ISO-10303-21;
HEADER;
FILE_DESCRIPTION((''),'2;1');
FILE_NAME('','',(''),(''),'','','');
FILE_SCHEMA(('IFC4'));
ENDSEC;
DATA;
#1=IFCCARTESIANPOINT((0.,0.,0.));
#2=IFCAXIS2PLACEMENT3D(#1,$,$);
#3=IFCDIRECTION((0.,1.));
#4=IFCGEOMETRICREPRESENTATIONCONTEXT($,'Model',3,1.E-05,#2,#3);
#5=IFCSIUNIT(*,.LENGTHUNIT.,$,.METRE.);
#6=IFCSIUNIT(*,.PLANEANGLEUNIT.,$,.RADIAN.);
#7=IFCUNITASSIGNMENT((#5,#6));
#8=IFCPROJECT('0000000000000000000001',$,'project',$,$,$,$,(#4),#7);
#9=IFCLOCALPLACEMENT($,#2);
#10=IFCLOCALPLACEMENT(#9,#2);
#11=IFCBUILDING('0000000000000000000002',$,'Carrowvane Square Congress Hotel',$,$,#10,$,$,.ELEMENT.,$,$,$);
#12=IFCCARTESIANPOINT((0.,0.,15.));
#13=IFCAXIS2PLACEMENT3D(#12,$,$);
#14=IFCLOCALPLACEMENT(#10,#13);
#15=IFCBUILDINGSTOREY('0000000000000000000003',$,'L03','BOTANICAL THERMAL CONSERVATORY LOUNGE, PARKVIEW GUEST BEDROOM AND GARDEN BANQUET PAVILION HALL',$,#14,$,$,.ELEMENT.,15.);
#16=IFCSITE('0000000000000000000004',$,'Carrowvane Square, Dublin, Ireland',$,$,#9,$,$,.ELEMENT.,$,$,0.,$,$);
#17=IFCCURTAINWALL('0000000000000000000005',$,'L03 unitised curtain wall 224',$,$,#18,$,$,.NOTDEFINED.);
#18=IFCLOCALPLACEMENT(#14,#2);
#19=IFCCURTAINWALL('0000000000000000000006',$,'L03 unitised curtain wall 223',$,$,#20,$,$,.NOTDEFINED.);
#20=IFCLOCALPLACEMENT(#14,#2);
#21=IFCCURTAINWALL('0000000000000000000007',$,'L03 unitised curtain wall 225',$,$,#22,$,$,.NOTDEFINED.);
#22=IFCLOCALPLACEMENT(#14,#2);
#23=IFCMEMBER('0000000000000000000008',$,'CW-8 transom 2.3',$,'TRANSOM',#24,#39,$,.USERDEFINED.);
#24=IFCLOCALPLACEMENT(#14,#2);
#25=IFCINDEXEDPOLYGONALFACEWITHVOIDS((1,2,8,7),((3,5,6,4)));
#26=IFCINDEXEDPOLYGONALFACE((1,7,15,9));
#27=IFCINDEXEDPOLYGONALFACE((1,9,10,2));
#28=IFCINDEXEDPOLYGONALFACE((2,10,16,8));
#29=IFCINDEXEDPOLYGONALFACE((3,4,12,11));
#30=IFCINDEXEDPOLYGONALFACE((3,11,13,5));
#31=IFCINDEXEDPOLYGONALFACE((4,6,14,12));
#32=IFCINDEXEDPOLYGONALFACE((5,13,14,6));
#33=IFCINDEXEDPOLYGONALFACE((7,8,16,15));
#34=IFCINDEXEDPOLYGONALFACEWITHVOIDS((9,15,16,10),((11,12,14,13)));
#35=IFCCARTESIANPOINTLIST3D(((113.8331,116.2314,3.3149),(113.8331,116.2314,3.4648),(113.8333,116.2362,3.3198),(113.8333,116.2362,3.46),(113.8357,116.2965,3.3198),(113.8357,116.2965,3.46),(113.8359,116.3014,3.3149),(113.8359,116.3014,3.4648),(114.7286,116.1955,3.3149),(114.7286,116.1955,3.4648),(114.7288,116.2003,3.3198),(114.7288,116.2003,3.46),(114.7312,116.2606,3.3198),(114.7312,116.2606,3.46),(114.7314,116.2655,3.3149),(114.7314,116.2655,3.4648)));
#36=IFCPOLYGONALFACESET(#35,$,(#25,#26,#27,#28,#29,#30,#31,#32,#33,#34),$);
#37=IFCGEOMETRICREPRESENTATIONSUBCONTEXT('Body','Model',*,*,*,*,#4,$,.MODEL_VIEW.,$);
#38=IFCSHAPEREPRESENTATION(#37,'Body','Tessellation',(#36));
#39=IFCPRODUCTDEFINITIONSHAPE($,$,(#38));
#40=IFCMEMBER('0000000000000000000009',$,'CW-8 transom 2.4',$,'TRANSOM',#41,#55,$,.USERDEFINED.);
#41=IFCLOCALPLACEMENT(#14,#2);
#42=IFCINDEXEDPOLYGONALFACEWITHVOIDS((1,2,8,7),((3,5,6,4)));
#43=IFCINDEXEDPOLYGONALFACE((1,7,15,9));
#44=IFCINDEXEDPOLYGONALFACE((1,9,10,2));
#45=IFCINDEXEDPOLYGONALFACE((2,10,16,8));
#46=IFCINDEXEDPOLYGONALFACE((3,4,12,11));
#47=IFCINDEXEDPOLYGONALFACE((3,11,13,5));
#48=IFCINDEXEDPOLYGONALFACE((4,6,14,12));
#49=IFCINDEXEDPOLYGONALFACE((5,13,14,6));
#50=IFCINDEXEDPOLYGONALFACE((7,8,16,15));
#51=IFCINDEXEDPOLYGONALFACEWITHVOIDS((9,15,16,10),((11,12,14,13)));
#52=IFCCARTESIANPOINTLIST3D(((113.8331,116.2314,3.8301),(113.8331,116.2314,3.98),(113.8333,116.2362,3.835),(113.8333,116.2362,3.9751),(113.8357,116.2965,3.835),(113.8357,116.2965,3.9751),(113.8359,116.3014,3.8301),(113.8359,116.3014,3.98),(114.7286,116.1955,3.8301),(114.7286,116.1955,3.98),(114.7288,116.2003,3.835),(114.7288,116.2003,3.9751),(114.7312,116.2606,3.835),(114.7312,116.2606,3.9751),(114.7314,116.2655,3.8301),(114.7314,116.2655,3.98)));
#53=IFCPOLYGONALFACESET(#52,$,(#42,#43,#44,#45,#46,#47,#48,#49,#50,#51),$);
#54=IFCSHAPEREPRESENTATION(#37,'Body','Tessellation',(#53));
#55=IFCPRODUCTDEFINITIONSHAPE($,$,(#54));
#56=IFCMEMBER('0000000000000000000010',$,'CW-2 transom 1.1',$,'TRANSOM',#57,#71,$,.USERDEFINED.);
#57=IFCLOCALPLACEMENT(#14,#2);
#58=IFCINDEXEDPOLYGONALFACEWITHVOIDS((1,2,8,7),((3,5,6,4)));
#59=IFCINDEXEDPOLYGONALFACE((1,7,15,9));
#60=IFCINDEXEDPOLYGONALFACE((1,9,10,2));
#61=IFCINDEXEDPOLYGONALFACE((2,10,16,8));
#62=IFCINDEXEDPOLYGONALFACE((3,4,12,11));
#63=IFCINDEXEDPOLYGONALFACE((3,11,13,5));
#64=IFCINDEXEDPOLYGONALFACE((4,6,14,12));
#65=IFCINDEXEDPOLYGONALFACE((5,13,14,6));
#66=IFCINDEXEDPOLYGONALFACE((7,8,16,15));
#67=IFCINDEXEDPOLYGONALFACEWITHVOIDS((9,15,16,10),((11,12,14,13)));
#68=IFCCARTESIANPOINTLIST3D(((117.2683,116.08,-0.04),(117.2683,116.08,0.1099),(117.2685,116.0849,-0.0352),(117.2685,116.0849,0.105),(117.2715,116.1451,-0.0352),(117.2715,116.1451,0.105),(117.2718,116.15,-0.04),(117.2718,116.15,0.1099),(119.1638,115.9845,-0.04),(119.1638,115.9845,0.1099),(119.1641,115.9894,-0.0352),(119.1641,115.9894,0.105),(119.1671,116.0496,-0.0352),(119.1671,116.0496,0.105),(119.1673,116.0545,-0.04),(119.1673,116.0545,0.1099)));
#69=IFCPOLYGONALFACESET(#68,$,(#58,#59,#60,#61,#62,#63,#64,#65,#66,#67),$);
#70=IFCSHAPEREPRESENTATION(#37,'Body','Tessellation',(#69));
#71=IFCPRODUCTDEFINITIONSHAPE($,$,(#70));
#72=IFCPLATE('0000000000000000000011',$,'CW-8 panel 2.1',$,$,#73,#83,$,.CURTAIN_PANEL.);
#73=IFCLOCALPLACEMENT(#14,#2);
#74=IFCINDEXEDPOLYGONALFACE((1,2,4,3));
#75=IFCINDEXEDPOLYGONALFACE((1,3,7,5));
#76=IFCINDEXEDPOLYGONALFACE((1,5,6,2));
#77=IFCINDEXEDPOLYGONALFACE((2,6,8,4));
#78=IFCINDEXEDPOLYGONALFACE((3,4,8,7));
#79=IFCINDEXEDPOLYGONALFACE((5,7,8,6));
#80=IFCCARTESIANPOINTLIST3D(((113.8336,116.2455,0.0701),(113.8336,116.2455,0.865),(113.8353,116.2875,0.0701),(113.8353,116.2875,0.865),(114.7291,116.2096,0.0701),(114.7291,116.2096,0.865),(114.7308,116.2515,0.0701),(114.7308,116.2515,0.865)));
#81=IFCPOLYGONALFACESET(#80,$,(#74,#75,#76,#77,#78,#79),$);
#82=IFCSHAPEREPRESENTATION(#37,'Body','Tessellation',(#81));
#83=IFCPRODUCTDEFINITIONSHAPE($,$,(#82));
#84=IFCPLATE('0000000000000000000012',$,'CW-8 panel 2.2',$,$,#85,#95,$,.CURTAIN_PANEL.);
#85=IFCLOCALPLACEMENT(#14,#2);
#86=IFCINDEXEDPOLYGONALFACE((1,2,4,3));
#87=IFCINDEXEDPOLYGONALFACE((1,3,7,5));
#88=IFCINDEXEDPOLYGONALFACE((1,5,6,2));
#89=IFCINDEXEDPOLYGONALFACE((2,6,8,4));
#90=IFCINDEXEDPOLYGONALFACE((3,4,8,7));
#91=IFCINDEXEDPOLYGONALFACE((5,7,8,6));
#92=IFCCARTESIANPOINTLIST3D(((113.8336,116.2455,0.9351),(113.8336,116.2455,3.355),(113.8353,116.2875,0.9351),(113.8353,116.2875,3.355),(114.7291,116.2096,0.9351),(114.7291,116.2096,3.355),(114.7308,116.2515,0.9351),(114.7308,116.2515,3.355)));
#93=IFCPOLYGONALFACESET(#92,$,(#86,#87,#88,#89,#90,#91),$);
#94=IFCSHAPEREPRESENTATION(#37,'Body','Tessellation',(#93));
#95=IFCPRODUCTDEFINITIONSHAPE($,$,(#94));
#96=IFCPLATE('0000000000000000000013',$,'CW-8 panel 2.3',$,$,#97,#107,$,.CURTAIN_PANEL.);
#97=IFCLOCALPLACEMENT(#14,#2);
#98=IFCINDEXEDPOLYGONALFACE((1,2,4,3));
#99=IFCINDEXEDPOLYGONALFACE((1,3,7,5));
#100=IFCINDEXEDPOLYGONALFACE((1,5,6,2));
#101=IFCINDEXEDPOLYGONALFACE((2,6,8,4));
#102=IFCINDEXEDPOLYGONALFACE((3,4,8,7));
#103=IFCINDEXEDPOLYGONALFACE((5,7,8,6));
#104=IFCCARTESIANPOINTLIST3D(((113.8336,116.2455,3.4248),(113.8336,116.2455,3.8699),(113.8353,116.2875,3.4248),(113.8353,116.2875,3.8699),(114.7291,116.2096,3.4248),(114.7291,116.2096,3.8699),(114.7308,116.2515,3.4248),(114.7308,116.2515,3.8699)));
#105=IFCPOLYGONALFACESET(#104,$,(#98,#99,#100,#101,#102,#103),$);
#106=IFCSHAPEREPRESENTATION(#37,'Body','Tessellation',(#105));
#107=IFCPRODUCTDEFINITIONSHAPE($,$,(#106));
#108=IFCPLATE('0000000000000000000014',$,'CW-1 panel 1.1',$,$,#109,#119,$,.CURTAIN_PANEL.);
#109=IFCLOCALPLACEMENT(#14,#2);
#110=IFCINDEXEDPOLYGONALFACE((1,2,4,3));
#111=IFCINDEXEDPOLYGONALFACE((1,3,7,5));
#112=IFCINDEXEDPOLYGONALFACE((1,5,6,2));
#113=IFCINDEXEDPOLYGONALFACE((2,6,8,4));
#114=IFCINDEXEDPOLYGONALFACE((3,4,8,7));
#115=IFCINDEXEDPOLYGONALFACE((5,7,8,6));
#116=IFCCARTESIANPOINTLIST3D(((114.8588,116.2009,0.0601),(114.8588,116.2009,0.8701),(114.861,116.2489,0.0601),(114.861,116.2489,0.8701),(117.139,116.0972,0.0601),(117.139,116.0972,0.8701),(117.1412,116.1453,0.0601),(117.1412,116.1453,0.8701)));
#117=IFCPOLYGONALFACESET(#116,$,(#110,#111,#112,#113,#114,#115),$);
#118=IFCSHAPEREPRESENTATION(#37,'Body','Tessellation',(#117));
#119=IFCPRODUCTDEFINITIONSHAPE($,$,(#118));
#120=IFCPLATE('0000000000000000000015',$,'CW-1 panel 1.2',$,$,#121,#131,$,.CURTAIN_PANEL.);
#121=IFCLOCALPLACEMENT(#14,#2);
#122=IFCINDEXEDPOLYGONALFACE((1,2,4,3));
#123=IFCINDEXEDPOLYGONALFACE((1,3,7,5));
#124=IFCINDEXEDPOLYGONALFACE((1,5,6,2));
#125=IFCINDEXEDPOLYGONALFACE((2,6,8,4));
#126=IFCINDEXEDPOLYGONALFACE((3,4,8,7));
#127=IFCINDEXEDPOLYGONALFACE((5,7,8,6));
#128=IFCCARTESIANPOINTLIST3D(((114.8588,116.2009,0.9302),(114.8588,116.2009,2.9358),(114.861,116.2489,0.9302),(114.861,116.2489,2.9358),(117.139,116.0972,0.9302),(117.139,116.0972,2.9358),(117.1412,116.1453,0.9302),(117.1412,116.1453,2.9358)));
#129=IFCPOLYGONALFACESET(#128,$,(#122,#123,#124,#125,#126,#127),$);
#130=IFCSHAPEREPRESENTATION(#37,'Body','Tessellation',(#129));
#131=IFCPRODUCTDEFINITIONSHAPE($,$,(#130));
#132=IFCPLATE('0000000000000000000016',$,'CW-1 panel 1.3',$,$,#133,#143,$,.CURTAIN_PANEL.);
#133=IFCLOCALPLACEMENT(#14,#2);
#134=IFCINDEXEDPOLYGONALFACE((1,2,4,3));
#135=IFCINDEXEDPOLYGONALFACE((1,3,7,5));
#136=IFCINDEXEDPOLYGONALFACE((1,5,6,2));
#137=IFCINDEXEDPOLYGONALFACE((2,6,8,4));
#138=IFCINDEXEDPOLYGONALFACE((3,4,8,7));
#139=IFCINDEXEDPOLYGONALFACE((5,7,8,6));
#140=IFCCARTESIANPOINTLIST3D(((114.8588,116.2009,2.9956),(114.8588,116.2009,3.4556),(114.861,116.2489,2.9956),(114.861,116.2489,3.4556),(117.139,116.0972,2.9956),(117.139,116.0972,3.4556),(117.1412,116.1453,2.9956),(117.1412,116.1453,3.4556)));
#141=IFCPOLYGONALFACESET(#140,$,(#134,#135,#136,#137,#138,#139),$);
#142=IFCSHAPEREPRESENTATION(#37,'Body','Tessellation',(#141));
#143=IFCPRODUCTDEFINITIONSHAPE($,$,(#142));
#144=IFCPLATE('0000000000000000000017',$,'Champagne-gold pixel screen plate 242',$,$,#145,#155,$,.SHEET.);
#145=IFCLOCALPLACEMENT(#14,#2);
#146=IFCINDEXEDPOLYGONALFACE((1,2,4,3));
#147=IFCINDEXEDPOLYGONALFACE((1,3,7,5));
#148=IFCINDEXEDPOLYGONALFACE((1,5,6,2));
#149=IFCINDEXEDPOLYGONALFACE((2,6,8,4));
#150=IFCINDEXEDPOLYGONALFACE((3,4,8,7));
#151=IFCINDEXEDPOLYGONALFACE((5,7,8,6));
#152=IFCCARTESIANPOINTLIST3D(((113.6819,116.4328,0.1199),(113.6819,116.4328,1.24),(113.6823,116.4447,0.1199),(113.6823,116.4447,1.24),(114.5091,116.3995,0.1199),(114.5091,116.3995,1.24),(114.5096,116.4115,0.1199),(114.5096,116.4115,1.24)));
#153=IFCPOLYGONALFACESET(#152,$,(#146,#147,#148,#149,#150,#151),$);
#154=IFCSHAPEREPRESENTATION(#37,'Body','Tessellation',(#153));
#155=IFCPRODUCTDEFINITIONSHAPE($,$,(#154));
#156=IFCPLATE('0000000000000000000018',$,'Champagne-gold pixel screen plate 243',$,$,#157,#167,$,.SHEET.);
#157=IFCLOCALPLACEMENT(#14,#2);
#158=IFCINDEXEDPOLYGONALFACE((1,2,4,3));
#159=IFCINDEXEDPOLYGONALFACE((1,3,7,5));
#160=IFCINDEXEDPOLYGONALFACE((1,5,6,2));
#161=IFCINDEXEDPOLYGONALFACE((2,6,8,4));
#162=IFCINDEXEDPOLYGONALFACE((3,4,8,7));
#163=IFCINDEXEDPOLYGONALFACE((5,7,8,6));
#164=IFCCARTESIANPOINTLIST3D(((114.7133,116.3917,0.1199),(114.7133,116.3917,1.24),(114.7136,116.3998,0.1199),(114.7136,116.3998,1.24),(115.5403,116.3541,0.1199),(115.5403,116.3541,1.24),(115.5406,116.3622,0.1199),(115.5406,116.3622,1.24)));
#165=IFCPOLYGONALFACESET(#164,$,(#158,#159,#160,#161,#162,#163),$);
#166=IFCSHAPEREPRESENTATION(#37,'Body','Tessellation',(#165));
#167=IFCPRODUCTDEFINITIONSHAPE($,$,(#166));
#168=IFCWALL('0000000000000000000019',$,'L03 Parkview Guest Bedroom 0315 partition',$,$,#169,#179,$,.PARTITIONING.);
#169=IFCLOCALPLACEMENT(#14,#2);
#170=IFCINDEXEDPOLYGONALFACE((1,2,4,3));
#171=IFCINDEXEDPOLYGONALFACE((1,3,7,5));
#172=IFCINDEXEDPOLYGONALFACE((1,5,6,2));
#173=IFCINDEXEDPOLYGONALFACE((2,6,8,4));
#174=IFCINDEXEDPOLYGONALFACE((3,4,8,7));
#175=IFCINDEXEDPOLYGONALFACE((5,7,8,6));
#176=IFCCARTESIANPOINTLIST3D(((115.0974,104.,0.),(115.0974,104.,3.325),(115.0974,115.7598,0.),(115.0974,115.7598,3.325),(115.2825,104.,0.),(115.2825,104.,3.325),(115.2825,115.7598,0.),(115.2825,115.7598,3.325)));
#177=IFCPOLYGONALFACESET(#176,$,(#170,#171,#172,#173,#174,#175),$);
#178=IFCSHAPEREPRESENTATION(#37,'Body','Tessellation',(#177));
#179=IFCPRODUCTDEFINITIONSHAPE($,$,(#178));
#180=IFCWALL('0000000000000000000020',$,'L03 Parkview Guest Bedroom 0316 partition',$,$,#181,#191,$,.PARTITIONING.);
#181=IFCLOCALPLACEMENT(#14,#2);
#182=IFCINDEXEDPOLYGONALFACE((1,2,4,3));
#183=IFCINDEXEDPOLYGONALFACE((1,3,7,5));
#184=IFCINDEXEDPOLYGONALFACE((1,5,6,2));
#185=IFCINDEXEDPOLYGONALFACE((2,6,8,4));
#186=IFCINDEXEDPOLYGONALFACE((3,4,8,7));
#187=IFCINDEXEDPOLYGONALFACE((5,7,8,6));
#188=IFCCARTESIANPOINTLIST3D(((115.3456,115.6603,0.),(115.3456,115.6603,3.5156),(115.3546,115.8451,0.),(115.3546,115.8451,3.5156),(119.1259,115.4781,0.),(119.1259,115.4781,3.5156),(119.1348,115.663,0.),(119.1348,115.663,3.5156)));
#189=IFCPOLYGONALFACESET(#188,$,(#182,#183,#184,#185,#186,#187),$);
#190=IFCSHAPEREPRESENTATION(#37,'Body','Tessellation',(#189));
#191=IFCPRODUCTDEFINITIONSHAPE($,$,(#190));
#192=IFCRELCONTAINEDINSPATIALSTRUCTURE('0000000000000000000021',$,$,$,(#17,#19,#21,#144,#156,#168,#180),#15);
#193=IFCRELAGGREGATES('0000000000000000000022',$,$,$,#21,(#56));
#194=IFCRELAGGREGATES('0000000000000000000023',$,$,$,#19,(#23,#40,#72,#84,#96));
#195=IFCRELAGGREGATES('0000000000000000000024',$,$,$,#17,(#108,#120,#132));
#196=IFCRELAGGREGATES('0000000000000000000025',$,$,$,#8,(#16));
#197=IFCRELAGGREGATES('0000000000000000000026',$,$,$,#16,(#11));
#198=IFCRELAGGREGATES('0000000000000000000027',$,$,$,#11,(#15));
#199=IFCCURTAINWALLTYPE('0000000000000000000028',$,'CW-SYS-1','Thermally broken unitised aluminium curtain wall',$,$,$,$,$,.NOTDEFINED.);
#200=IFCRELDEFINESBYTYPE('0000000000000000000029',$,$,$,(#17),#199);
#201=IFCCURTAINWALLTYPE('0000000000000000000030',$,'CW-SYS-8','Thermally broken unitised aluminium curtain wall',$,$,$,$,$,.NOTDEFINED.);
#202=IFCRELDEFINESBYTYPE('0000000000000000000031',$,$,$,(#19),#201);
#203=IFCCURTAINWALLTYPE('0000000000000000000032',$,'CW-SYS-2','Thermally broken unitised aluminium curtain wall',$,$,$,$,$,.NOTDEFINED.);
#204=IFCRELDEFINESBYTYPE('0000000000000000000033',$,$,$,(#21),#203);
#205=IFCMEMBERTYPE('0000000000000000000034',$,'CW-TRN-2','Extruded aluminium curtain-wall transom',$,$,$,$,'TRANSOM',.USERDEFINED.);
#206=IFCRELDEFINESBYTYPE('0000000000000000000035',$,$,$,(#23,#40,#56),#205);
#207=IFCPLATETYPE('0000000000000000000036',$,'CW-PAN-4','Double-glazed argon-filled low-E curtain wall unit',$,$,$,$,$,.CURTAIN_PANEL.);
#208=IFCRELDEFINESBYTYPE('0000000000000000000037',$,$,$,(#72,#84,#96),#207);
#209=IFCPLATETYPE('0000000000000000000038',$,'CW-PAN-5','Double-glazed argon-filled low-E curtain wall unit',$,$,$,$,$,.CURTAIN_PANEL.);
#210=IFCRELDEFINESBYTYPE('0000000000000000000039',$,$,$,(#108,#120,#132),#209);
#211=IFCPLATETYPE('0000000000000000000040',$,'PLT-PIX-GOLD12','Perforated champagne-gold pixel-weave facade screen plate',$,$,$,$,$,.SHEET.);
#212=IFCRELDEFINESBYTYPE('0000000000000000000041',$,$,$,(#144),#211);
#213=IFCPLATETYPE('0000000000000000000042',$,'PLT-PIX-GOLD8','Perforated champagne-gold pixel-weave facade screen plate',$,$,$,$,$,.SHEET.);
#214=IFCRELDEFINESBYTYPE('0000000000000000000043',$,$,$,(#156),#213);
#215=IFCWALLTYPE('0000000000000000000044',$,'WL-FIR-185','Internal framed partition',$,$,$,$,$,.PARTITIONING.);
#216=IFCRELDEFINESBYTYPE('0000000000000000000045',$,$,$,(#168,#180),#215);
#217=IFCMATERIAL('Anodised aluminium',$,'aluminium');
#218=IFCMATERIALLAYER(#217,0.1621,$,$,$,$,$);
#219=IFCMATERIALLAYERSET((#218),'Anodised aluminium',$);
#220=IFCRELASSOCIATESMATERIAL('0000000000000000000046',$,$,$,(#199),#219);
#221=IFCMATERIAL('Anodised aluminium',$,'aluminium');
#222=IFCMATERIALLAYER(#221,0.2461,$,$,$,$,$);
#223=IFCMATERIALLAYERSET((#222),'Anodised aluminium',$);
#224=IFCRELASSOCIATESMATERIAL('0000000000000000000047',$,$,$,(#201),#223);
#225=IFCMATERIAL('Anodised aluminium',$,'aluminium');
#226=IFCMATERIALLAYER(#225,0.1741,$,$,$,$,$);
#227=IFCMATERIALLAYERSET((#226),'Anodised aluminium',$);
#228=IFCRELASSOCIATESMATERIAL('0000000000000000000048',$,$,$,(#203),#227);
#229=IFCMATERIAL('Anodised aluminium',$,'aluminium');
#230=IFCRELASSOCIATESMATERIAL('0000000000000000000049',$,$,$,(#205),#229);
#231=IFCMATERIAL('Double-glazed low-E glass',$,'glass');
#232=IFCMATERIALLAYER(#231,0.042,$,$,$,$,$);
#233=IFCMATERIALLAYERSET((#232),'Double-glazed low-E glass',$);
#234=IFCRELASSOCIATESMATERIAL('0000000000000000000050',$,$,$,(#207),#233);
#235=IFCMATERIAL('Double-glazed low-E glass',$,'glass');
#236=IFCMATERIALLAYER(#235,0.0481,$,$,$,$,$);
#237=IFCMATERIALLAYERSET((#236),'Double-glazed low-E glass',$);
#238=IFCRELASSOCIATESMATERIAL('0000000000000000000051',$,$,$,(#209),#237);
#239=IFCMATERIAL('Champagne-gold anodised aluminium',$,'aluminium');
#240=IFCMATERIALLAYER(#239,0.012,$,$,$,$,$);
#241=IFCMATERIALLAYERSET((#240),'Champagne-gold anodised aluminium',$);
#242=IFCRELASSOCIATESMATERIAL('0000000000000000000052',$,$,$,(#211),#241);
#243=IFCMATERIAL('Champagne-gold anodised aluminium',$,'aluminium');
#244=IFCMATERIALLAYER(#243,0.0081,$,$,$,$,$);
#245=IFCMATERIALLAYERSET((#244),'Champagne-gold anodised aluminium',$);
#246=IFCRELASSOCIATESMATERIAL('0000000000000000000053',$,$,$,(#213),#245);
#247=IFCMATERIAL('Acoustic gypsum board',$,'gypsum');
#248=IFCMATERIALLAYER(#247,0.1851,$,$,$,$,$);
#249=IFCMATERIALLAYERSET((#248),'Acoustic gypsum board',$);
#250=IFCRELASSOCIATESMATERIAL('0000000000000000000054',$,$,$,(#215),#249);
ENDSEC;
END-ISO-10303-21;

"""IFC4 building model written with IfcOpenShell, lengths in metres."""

from ifc_helpers import new_model, si_unit, direction, frame, frame_2d, origin, origin_2d, place, context, subcontext, project, spatial, rectangle, hollow_rectangle, extrude, material, layer, layer_set, material_profile, profile_set, type_object, element, aggregate, save


model = new_model("IFC4")

# Units and contexts
model_context = context("Model", 3, precision=1e-05, world=origin(), true_north=direction((0.0, 1.0)))
body_context = subcontext(model_context, "Body", "Model", "MODEL_VIEW")
ifc_project = project(units=[si_unit("LENGTHUNIT", "METRE"), si_unit("PLANEANGLEUNIT", "RADIAN")], contexts=[model_context])

# Site, building, storey
site_placement = place(None, origin())
site = spatial("IfcSite", under=ifc_project, at=site_placement, Name="Carrowvane Square, Dublin, Ireland", CompositionType="ELEMENT", RefElevation=0.0)
building_placement = place(site_placement, origin())
building = spatial("IfcBuilding", under=site, at=building_placement, Name="Carrowvane Square Congress Hotel", CompositionType="ELEMENT")
storey_placement = place(building_placement, frame((0.0, 0.0, 15.0)))
storey = spatial("IfcBuildingStorey", under=building, at=storey_placement, Name="L03", Description="BOTANICAL THERMAL CONSERVATORY LOUNGE, PARKVIEW GUEST BEDROOM AND GARDEN BANQUET PAVILION HALL", CompositionType="ELEMENT", Elevation=15.0)

# Curtain wall
ifc_material_1 = material(Name="Anodised aluminium", Category="aluminium")
ifc_layer_1 = layer(ifc_material_1, 0.1621)
ifc_layer_set_1 = layer_set([ifc_layer_1], Name="Anodised aluminium")
curtain_wall_type_1 = type_object("IfcCurtainWallType", Name="CW-SYS-1", Description="Thermally broken unitised aluminium curtain wall", PredefinedType="NOTDEFINED", material=ifc_layer_set_1)
curtain_wall_1_placement = place(storey_placement, origin())
curtain_wall_1 = element("IfcCurtainWall", 1, at=curtain_wall_1_placement, inside=storey, type_object=curtain_wall_type_1, Name="L03 unitised curtain wall 224", PredefinedType="NOTDEFINED")

# Curtain walls
ifc_material_2 = material(Name="Anodised aluminium", Category="aluminium")
ifc_layer_2 = layer(ifc_material_2, 0.2461)
ifc_layer_set_2 = layer_set([ifc_layer_2], Name="Anodised aluminium")
curtain_wall_type_2 = type_object("IfcCurtainWallType", Name="CW-SYS-8", Description="Thermally broken unitised aluminium curtain wall", PredefinedType="NOTDEFINED", material=ifc_layer_set_2)
curtain_wall_2_placement = place(storey_placement, origin())
curtain_wall_2 = element("IfcCurtainWall", 2, at=curtain_wall_2_placement, inside=storey, type_object=curtain_wall_type_2, Name="L03 unitised curtain wall 223", PredefinedType="NOTDEFINED")
ifc_material_3 = material(Name="Anodised aluminium", Category="aluminium")
ifc_layer_3 = layer(ifc_material_3, 0.1741)
ifc_layer_set_3 = layer_set([ifc_layer_3], Name="Anodised aluminium")
curtain_wall_type_3 = type_object("IfcCurtainWallType", Name="CW-SYS-2", Description="Thermally broken unitised aluminium curtain wall", PredefinedType="NOTDEFINED", material=ifc_layer_set_3)
curtain_wall_3_placement = place(storey_placement, origin())
curtain_wall_3 = element("IfcCurtainWall", 3, at=curtain_wall_3_placement, inside=storey, type_object=curtain_wall_type_3, Name="L03 unitised curtain wall 225", PredefinedType="NOTDEFINED")

# Members
ifc_material_4 = material(Name="Anodised aluminium", Category="aluminium")
ifc_material_profile_1 = material_profile(ifc_material_4, hollow_rectangle(XDim=0.0701, YDim=0.1499, WallThickness=0.0049, at=origin_2d()), Name="CW-TR 70x150x5")
ifc_profile_set_1 = profile_set([ifc_material_profile_1], Name="Anodised aluminium")
member_type_1 = type_object("IfcMemberType", Name="CW-TRN-2", Description="Extruded aluminium curtain-wall transom", ElementType="TRANSOM", PredefinedType="USERDEFINED", material=ifc_profile_set_1)
member_1_placement = place(storey_placement, frame((113.8345, 116.2664, 3.3899), z_axis=(0.999198, -0.040044, 0.0), x_axis=(0.040044, 0.999198, 0.0)))
member_1 = element("IfcMember", 4, at=member_1_placement, type_object=member_type_1, Name="CW-8 transom 2.3", ObjectType="TRANSOM", PredefinedType="USERDEFINED", context=body_context, shape_type="SweptSolid", body=[
    extrude(hollow_rectangle(XDim=0.0701, YDim=0.1499, WallThickness=0.0049, at=origin_2d()), origin(), (0.0, 0.0, 1.0), 0.8962),
])
member_2_placement = place(storey_placement, frame((113.8345, 116.2664, 3.905), z_axis=(0.999198, -0.040044, 0.0), x_axis=(0.040044, 0.999198, 0.0)))
member_2 = element("IfcMember", 5, at=member_2_placement, type_object=member_type_1, Name="CW-8 transom 2.4", ObjectType="TRANSOM", PredefinedType="USERDEFINED", context=body_context, shape_type="SweptSolid", body=[
    extrude(hollow_rectangle(XDim=0.0701, YDim=0.1499, WallThickness=0.0049, at=origin_2d()), origin(), (0.0, 0.0, 1.0), 0.8962),
])
member_3_placement = place(storey_placement, frame((117.27, 116.115, 0.0349), z_axis=(0.998734, -0.050297, 0.0), x_axis=(0.050297, 0.998734, 0.0)))
member_3 = element("IfcMember", 6, at=member_3_placement, type_object=member_type_1, Name="CW-2 transom 1.1", ObjectType="TRANSOM", PredefinedType="USERDEFINED", context=body_context, shape_type="SweptSolid", body=[
    extrude(hollow_rectangle(XDim=0.0701, YDim=0.1499, WallThickness=0.0049, at=origin_2d()), origin(), (0.0, 0.0, 1.0), 1.8979),
])
aggregate(curtain_wall_3, [member_3])

# Plates
ifc_material_5 = material(Name="Double-glazed low-E glass", Category="glass")
ifc_layer_4 = layer(ifc_material_5, 0.042)
ifc_layer_set_4 = layer_set([ifc_layer_4], Name="Double-glazed low-E glass")
plate_type_1 = type_object("IfcPlateType", Name="CW-PAN-4", Description="Double-glazed argon-filled low-E curtain wall unit", PredefinedType="CURTAIN_PANEL", material=ifc_layer_set_4)
plate_1_placement = place(storey_placement, frame((114.2822, 116.2485, 0.0701), z_axis=(0.0, 0.0, 1.0), x_axis=(0.999194, -0.040131, 0.0)))
plate_1 = element("IfcPlate", 7, at=plate_1_placement, type_object=plate_type_1, Name="CW-8 panel 2.1", PredefinedType="CURTAIN_PANEL", context=body_context, shape_type="SweptSolid", body=[
    extrude(rectangle(XDim=0.8962, YDim=0.042, at=origin_2d()), origin(), (0.0, 0.0, 1.0), 0.7949),
])
plate_2_placement = place(storey_placement, frame((114.2822, 116.2485, 0.9351), z_axis=(0.0, 0.0, 1.0), x_axis=(0.999194, -0.040131, 0.0)))
plate_2 = element("IfcPlate", 8, at=plate_2_placement, type_object=plate_type_1, Name="CW-8 panel 2.2", PredefinedType="CURTAIN_PANEL", context=body_context, shape_type="SweptSolid", body=[
    extrude(rectangle(XDim=0.8962, YDim=0.042, at=origin_2d()), origin(), (0.0, 0.0, 1.0), 2.4199),
])
plate_3_placement = place(storey_placement, frame((114.2822, 116.2485, 3.4248), z_axis=(0.0, 0.0, 1.0), x_axis=(0.999194, -0.040131, 0.0)))
plate_3 = element("IfcPlate", 9, at=plate_3_placement, type_object=plate_type_1, Name="CW-8 panel 2.3", PredefinedType="CURTAIN_PANEL", context=body_context, shape_type="SweptSolid", body=[
    extrude(rectangle(XDim=0.8962, YDim=0.042, at=origin_2d()), origin(), (0.0, 0.0, 1.0), 0.4451),
])
aggregate(curtain_wall_2, [member_1, member_2, plate_1, plate_2, plate_3])
ifc_material_6 = material(Name="Double-glazed low-E glass", Category="glass")
ifc_layer_5 = layer(ifc_material_6, 0.0481)
ifc_layer_set_5 = layer_set([ifc_layer_5], Name="Double-glazed low-E glass")
plate_type_2 = type_object("IfcPlateType", Name="CW-PAN-5", Description="Double-glazed argon-filled low-E curtain wall unit", PredefinedType="CURTAIN_PANEL", material=ifc_layer_set_5)
plate_4_placement = place(storey_placement, frame((116.0, 116.1731, 0.0601), z_axis=(0.0, 0.0, 1.0), x_axis=(0.998968, -0.045411, 0.0)))
plate_4 = element("IfcPlate", 10, at=plate_4_placement, type_object=plate_type_2, Name="CW-1 panel 1.1", PredefinedType="CURTAIN_PANEL", context=body_context, shape_type="SweptSolid", body=[
    extrude(rectangle(XDim=2.2825, YDim=0.0481, at=origin_2d()), origin(), (0.0, 0.0, 1.0), 0.8101),
])
plate_5_placement = place(storey_placement, frame((116.0, 116.1731, 0.9302), z_axis=(0.0, 0.0, 1.0), x_axis=(0.998968, -0.045411, 0.0)))
plate_5 = element("IfcPlate", 11, at=plate_5_placement, type_object=plate_type_2, Name="CW-1 panel 1.2", PredefinedType="CURTAIN_PANEL", context=body_context, shape_type="SweptSolid", body=[
    extrude(rectangle(XDim=2.2825, YDim=0.0481, at=origin_2d()), origin(), (0.0, 0.0, 1.0), 2.0056),
])
plate_6_placement = place(storey_placement, frame((116.0, 116.1731, 2.9956), z_axis=(0.0, 0.0, 1.0), x_axis=(0.998968, -0.045411, 0.0)))
plate_6 = element("IfcPlate", 12, at=plate_6_placement, type_object=plate_type_2, Name="CW-1 panel 1.3", PredefinedType="CURTAIN_PANEL", context=body_context, shape_type="SweptSolid", body=[
    extrude(rectangle(XDim=2.2825, YDim=0.0481, at=origin_2d()), origin(), (0.0, 0.0, 1.0), 0.46),
])
aggregate(curtain_wall_1, [plate_4, plate_5, plate_6])

# Plates
ifc_material_7 = material(Name="Champagne-gold anodised aluminium", Category="aluminium")
ifc_layer_6 = layer(ifc_material_7, 0.012)
ifc_layer_set_6 = layer_set([ifc_layer_6], Name="Champagne-gold anodised aluminium")
plate_type_3 = type_object("IfcPlateType", Name="PLT-PIX-GOLD12", Description="Perforated champagne-gold pixel-weave facade screen plate", PredefinedType="SHEET", material=ifc_layer_set_6)
plate_7_placement = place(storey_placement, frame((114.0957, 116.4221, 0.1199), z_axis=(0.0, 0.0, 1.0), x_axis=(0.999194, -0.040134, 0.0)))
element("IfcPlate", 13, at=plate_7_placement, inside=storey, type_object=plate_type_3, Name="Champagne-gold pixel screen plate 242", PredefinedType="SHEET", context=body_context, shape_type="SweptSolid", body=[
    extrude(rectangle(XDim=0.8279, YDim=0.012, at=origin_2d()), origin(), (0.0, 0.0, 1.0), 1.1201),
])
ifc_material_8 = material(Name="Champagne-gold anodised aluminium", Category="aluminium")
ifc_layer_7 = layer(ifc_material_8, 0.0081)
ifc_layer_set_7 = layer_set([ifc_layer_7], Name="Champagne-gold anodised aluminium")
plate_type_4 = type_object("IfcPlateType", Name="PLT-PIX-GOLD8", Description="Perforated champagne-gold pixel-weave facade screen plate", PredefinedType="SHEET", material=ifc_layer_set_7)
plate_8_placement = place(storey_placement, frame((115.127, 116.377, 0.1199), z_axis=(0.0, 0.0, 1.0), x_axis=(0.998968, -0.045414, 0.0)))
element("IfcPlate", 14, at=plate_8_placement, inside=storey, type_object=plate_type_4, Name="Champagne-gold pixel screen plate 243", PredefinedType="SHEET", context=body_context, shape_type="SweptSolid", body=[
    extrude(rectangle(XDim=0.8279, YDim=0.0081, at=origin_2d()), origin(), (0.0, 0.0, 1.0), 1.1201),
])

# Walls
ifc_material_9 = material(Name="Acoustic gypsum board", Category="gypsum")
ifc_layer_8 = layer(ifc_material_9, 0.1851)
ifc_layer_set_8 = layer_set([ifc_layer_8], Name="Acoustic gypsum board")
wall_type = type_object("IfcWallType", Name="WL-FIR-185", Description="Internal framed partition", PredefinedType="PARTITIONING", material=ifc_layer_set_8)
wall_1_placement = place(storey_placement, frame((115.1899, 115.7598, 0.0), z_axis=(0.0, 0.0, 1.0), x_axis=(0.0, -1.0, 0.0)))
element("IfcWall", 15, at=wall_1_placement, inside=storey, type_object=wall_type, Name="L03 Parkview Guest Bedroom 0315 partition", PredefinedType="PARTITIONING", context=body_context, shape_type="SweptSolid", body=[
    extrude(rectangle(XDim=11.7598, YDim=0.1851, at=frame_2d((5.8799, 0.0))), origin(), (0.0, 0.0, 1.0), 3.325),
])
wall_2_placement = place(storey_placement, frame((115.3501, 115.7527, 0.0), z_axis=(0.0, 0.0, 1.0), x_axis=(0.998841, -0.048123, 0.0)))
element("IfcWall", 16, at=wall_2_placement, inside=storey, type_object=wall_type, Name="L03 Parkview Guest Bedroom 0316 partition", PredefinedType="PARTITIONING", context=body_context, shape_type="SweptSolid", body=[
    extrude(rectangle(XDim=3.7847, YDim=0.1851, at=frame_2d((1.8923, 0.0))), origin(), (0.0, 0.0, 1.0), 3.5156),
])

save(model, "model.ifc")
